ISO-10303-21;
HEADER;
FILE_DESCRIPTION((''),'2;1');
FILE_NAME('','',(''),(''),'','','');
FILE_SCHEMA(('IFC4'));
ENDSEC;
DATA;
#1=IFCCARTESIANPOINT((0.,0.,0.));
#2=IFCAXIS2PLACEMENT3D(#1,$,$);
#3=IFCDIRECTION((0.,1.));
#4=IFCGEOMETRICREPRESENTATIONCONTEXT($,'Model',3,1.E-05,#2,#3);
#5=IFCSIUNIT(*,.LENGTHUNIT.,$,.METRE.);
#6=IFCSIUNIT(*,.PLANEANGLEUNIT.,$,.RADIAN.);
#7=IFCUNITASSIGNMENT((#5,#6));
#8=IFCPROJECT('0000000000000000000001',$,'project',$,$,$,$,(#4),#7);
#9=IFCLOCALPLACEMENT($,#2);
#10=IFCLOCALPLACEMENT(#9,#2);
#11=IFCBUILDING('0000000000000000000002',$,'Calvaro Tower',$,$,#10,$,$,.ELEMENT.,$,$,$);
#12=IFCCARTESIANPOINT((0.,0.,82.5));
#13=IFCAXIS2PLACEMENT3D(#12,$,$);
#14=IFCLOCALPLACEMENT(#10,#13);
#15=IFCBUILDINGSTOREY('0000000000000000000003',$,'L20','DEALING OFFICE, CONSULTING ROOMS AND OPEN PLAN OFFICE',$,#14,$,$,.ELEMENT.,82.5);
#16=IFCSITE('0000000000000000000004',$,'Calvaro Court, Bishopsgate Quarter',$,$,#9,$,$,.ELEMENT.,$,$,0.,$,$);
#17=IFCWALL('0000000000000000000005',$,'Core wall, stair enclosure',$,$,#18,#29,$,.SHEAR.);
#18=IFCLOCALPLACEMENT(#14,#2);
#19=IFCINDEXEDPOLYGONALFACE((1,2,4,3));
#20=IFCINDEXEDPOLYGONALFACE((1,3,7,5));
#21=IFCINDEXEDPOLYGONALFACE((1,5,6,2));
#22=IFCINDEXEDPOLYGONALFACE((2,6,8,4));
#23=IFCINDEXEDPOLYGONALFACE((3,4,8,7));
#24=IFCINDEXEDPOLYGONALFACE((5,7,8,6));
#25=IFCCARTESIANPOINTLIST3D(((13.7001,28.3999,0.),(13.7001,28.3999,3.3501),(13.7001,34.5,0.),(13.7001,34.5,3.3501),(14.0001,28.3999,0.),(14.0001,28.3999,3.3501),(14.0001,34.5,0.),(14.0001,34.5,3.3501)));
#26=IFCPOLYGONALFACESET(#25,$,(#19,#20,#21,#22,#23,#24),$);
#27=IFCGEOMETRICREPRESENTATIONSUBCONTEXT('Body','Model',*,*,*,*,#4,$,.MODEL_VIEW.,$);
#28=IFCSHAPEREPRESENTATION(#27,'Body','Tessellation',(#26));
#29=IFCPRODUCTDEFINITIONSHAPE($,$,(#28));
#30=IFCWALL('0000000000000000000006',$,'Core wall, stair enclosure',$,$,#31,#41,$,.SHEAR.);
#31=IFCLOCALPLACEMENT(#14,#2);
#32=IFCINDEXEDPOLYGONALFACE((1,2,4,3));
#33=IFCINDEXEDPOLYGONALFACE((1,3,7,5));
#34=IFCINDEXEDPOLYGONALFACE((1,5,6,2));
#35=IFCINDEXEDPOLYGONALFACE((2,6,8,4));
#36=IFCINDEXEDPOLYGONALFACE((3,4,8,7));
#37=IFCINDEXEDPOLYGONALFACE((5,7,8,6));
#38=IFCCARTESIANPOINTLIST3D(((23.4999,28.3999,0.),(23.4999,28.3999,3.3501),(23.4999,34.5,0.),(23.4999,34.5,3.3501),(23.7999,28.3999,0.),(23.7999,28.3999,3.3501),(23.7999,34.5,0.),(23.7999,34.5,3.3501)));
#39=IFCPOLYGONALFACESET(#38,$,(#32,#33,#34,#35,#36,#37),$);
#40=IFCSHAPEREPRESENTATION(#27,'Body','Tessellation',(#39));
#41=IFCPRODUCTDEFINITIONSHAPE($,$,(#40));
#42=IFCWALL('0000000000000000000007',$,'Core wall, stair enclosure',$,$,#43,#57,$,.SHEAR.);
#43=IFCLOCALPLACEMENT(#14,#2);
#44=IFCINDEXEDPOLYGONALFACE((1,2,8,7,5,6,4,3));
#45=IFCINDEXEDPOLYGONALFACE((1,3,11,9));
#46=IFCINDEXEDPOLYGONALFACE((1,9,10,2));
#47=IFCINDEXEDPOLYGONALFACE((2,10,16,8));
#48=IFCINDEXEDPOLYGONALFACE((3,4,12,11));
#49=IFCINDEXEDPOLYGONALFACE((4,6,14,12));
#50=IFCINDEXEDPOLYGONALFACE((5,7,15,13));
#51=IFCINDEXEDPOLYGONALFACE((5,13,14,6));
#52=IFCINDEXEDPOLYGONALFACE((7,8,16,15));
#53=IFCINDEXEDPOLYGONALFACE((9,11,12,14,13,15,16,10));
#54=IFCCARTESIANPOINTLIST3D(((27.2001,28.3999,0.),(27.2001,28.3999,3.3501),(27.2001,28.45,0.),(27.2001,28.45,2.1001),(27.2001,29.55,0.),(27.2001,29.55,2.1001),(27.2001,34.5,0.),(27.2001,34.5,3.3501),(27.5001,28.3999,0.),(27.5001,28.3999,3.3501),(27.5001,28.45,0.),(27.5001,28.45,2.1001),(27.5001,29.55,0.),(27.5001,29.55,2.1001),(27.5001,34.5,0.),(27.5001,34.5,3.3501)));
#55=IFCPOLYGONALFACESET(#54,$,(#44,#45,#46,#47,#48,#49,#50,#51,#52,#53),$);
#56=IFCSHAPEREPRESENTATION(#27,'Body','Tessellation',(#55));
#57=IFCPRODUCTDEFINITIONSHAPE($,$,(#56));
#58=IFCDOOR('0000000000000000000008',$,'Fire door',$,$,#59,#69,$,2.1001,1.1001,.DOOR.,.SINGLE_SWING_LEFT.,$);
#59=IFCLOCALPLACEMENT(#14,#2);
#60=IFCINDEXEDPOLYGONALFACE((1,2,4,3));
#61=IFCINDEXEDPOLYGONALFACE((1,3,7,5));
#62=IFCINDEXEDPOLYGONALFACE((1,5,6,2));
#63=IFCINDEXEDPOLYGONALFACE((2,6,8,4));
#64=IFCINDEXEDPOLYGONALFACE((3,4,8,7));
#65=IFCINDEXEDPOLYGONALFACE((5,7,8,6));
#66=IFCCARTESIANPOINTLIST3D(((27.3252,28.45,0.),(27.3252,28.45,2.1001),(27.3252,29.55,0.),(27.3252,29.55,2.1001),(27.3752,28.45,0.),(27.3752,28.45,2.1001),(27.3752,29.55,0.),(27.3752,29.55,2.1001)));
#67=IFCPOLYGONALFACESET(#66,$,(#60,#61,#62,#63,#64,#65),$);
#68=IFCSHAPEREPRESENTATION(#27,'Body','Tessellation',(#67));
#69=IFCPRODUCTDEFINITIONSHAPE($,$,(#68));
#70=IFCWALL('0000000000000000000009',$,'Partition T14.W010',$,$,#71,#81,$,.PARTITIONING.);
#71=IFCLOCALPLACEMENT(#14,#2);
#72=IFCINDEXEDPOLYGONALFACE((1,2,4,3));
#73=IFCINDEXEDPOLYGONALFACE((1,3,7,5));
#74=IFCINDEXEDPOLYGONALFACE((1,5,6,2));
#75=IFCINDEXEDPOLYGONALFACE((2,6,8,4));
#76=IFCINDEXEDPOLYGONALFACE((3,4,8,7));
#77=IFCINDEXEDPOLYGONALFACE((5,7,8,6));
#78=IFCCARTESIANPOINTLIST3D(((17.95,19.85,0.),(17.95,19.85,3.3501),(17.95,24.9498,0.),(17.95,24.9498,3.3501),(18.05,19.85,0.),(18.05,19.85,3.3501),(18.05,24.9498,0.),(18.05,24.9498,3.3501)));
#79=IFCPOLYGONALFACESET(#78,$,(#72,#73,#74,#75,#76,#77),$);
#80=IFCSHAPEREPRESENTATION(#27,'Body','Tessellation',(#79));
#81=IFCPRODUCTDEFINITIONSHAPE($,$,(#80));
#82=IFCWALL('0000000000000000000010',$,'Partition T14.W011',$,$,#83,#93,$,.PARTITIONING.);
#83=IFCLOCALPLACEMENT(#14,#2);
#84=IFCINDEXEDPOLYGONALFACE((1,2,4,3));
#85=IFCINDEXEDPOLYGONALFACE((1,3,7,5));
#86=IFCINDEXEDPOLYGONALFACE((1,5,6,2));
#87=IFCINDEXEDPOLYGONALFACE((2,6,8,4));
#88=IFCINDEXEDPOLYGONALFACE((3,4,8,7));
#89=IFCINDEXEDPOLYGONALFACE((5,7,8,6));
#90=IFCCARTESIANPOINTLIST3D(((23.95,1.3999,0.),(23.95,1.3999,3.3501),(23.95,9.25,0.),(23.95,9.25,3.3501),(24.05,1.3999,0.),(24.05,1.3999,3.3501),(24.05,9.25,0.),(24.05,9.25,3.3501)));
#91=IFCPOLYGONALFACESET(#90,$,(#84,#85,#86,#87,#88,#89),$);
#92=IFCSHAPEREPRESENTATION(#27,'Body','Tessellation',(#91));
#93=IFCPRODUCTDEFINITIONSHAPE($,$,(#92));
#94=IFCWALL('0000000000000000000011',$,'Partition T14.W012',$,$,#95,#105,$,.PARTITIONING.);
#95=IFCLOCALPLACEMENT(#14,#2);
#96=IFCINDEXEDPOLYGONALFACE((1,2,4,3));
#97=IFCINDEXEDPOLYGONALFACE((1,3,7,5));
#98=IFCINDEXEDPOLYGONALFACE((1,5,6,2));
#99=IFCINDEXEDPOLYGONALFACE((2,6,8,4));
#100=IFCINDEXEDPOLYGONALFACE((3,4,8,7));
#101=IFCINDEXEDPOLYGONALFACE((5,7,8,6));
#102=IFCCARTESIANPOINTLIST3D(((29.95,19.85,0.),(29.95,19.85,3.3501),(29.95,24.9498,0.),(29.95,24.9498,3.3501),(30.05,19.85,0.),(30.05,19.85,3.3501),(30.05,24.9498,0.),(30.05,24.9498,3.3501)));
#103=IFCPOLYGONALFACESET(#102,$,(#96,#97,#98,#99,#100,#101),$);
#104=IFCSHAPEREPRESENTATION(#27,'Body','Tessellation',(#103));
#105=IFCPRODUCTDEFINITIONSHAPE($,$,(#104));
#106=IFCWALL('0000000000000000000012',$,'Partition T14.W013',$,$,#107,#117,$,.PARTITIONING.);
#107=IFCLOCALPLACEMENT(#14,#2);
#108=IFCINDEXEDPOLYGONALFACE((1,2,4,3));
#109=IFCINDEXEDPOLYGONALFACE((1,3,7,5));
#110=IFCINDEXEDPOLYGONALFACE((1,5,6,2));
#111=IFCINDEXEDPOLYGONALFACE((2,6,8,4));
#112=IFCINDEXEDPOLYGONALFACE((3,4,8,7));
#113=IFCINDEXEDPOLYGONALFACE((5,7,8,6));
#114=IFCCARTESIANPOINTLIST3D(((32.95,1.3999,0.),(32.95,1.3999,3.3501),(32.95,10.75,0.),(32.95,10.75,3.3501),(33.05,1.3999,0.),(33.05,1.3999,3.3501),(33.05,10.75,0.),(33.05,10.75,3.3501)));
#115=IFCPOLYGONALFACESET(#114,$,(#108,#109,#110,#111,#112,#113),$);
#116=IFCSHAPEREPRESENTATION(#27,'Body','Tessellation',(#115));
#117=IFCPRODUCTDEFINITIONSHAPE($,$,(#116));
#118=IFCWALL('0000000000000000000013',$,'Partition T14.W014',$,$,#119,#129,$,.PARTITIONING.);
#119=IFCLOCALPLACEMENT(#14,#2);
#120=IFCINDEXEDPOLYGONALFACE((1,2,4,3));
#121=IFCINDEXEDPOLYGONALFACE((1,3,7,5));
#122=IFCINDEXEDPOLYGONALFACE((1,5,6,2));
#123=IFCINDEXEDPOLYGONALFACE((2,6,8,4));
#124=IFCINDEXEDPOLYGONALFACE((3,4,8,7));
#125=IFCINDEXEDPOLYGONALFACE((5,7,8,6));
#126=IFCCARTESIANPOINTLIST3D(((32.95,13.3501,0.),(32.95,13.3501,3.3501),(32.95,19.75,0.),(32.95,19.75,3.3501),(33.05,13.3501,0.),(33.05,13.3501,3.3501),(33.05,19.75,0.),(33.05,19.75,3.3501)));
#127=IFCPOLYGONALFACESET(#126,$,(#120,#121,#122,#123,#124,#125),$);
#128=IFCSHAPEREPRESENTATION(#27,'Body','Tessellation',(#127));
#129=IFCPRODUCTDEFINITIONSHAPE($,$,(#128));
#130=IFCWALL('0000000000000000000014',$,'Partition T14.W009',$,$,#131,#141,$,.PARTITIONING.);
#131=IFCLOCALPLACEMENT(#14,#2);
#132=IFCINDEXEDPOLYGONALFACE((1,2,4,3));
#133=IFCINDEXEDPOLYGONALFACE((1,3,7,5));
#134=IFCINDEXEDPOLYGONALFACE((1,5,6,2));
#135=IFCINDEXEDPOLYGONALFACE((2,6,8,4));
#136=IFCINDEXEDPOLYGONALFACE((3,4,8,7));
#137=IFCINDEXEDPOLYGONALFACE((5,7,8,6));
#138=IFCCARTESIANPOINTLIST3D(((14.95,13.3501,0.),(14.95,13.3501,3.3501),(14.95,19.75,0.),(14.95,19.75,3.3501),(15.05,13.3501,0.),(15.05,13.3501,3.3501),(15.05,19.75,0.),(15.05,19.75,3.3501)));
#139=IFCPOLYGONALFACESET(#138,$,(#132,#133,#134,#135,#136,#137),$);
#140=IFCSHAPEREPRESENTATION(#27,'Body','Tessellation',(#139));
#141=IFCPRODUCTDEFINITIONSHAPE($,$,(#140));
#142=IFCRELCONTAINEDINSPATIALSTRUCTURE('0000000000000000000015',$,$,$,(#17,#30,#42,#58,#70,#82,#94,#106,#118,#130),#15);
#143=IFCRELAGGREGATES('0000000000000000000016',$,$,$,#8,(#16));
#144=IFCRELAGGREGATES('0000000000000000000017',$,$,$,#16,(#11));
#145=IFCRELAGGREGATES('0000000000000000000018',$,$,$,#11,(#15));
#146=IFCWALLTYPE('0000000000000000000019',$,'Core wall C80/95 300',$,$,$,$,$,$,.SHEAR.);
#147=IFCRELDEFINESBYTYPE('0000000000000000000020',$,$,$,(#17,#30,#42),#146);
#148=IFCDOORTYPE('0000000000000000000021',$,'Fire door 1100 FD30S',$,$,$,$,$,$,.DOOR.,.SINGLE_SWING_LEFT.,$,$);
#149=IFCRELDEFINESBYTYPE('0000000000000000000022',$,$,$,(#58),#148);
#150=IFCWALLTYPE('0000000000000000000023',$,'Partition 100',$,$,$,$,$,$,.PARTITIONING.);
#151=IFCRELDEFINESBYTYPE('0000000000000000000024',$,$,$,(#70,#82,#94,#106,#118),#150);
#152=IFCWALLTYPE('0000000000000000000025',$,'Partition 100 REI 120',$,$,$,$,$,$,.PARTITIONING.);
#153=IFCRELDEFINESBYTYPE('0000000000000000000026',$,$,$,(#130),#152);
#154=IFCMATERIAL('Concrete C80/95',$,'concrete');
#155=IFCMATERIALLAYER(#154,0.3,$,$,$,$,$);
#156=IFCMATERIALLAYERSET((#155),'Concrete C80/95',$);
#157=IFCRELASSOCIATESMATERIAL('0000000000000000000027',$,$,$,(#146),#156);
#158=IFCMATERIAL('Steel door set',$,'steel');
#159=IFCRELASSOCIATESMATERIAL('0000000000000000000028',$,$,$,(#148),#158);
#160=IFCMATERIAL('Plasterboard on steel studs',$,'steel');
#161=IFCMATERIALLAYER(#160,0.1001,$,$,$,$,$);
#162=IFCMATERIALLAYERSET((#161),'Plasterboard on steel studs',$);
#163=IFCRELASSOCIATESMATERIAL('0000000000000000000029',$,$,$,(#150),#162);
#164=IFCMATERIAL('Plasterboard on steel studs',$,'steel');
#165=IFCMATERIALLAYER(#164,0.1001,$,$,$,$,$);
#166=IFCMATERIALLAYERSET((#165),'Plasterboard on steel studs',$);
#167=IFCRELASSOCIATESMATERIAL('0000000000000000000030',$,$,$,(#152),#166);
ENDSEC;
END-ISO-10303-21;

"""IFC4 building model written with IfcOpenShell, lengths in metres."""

from ifc_helpers import new_model, si_unit, direction, frame, frame_2d, origin, place, context, subcontext, project, spatial, rectangle, extrude, material, layer, layer_set, type_object, element, fill, save


model = new_model("IFC4")

# Units and contexts
model_context = context("Model", 3, precision=1e-05, world=origin(), true_north=direction((0.0, 1.0)))
body_context = subcontext(model_context, "Body", "Model", "MODEL_VIEW")
ifc_project = project(units=[si_unit("LENGTHUNIT", "METRE"), si_unit("PLANEANGLEUNIT", "RADIAN")], contexts=[model_context])

# Site, building, storey
site_placement = place(None, origin())
site = spatial("IfcSite", under=ifc_project, at=site_placement, Name="Calvaro Court, Bishopsgate Quarter", CompositionType="ELEMENT", RefElevation=0.0)
building_placement = place(site_placement, origin())
building = spatial("IfcBuilding", under=site, at=building_placement, Name="Calvaro Tower", CompositionType="ELEMENT")
storey_placement = place(building_placement, frame((0.0, 0.0, 82.5)))
storey = spatial("IfcBuildingStorey", under=building, at=storey_placement, Name="L20", Description="DEALING OFFICE, CONSULTING ROOMS AND OPEN PLAN OFFICE", CompositionType="ELEMENT", Elevation=82.5)

# Walls
ifc_material_1 = material(Name="Concrete C80/95", Category="concrete")
ifc_layer_1 = layer(ifc_material_1, 0.3)
ifc_layer_set_1 = layer_set([ifc_layer_1], Name="Concrete C80/95")
wall_type_1 = type_object("IfcWallType", Name="Core wall C80/95 300", PredefinedType="SHEAR", material=ifc_layer_set_1)
for number, where, z_axis, x_axis, name in (
    (1, (13.8501, 28.3999, 0.0), (0.0, 0.0, 1.0), (0.0, 1.0, 0.0), "Core wall, stair enclosure"),
    (2, (23.6499, 28.3999, 0.0), (0.0, 0.0, 1.0), (0.0, 1.0, 0.0), "Core wall, stair enclosure"),
):
    element("IfcWall", number, at=place(storey_placement, frame(where, z_axis=z_axis, x_axis=x_axis)), inside=storey, type_object=wall_type_1, Name=name, PredefinedType="SHEAR", context=body_context, shape_type="SweptSolid", body=[
        extrude(rectangle(XDim=6.1001, YDim=0.3, at=frame_2d((3.05, 0.0))), origin(), (0.0, 0.0, 1.0), 3.3501),
    ])

# Wall, opening, door
wall_1_placement = place(storey_placement, frame((27.3501, 28.3999, 0.0), z_axis=(0.0, 0.0, 1.0), x_axis=(0.0, 1.0, 0.0)))
wall_1 = element("IfcWall", 3, at=wall_1_placement, inside=storey, type_object=wall_type_1, Name="Core wall, stair enclosure", PredefinedType="SHEAR", context=body_context, shape_type="SweptSolid", body=[
    extrude(rectangle(XDim=6.1001, YDim=0.3, at=frame_2d((3.05, 0.0))), origin(), (0.0, 0.0, 1.0), 3.3501),
])
opening_1_placement = place(wall_1_placement, frame((0.05, 0.0, 0.0)))
opening_1 = element("IfcOpeningElement", 4, at=opening_1_placement, cuts=wall_1, PredefinedType="OPENING", context=body_context, shape_type="SweptSolid", body=[
    extrude(rectangle(XDim=1.1001, YDim=2.1001, at=frame_2d((0.55, 1.05))), frame((0.0, 0.1599, 0.0), z_axis=(0.0, -1.0, 0.0), x_axis=(1.0, 0.0, 0.0)), (0.0, 0.0, 1.0), 0.3201),
])
ifc_material_2 = material(Name="Steel door set", Category="steel")
door_type_1 = type_object("IfcDoorType", Name="Fire door 1100 FD30S", OperationType="SINGLE_SWING_LEFT", PredefinedType="DOOR", material=ifc_material_2)
door_1_placement = place(opening_1_placement, origin())
door_1 = element("IfcDoor", 5, at=door_1_placement, inside=storey, type_object=door_type_1, Name="Fire door", OperationType="SINGLE_SWING_LEFT", OverallHeight=2.1001, OverallWidth=1.1001, PredefinedType="DOOR", context=body_context, shape_type="SweptSolid", body=[
    extrude(rectangle(XDim=1.1001, YDim=2.1001, at=frame_2d((0.55, 1.05))), frame((0.0, 0.0249, 0.0), z_axis=(0.0, -1.0, 0.0), x_axis=(1.0, 0.0, 0.0)), (0.0, 0.0, 1.0), 0.05),
])
fill(opening_1, door_1)

# Walls
ifc_material_3 = material(Name="Plasterboard on steel studs", Category="steel")
ifc_layer_2 = layer(ifc_material_3, 0.1001)
ifc_layer_set_2 = layer_set([ifc_layer_2], Name="Plasterboard on steel studs")
wall_type_2 = type_object("IfcWallType", Name="Partition 100", PredefinedType="PARTITIONING", material=ifc_layer_set_2)
wall_2_placement = place(storey_placement, frame((18.0, 19.8501, 0.0), z_axis=(0.0, 0.0, 1.0), x_axis=(0.0, 1.0, 0.0)))
element("IfcWall", 6, at=wall_2_placement, inside=storey, type_object=wall_type_2, Name="Partition T14.W010", PredefinedType="PARTITIONING", context=body_context, shape_type="SweptSolid", body=[
    extrude(rectangle(XDim=5.0999, YDim=0.1001, at=frame_2d((2.5498, 0.0))), origin(), (0.0, 0.0, 1.0), 3.3501),
])
wall_3_placement = place(storey_placement, frame((24.0, 1.3999, 0.0), z_axis=(0.0, 0.0, 1.0), x_axis=(0.0, 1.0, 0.0)))
element("IfcWall", 7, at=wall_3_placement, inside=storey, type_object=wall_type_2, Name="Partition T14.W011", PredefinedType="PARTITIONING", context=body_context, shape_type="SweptSolid", body=[
    extrude(rectangle(XDim=7.8501, YDim=0.1001, at=frame_2d((3.925, 0.0))), origin(), (0.0, 0.0, 1.0), 3.3501),
])
wall_4_placement = place(storey_placement, frame((30.0, 19.8501, 0.0), z_axis=(0.0, 0.0, 1.0), x_axis=(0.0, 1.0, 0.0)))
element("IfcWall", 8, at=wall_4_placement, inside=storey, type_object=wall_type_2, Name="Partition T14.W012", PredefinedType="PARTITIONING", context=body_context, shape_type="SweptSolid", body=[
    extrude(rectangle(XDim=5.0999, YDim=0.1001, at=frame_2d((2.5498, 0.0))), origin(), (0.0, 0.0, 1.0), 3.3501),
])
wall_5_placement = place(storey_placement, frame((33.0, 1.3999, 0.0), z_axis=(0.0, 0.0, 1.0), x_axis=(0.0, 1.0, 0.0)))
element("IfcWall", 9, at=wall_5_placement, inside=storey, type_object=wall_type_2, Name="Partition T14.W013", PredefinedType="PARTITIONING", context=body_context, shape_type="SweptSolid", body=[
    extrude(rectangle(XDim=9.3501, YDim=0.1001, at=frame_2d((4.675, 0.0))), origin(), (0.0, 0.0, 1.0), 3.3501),
])
wall_6_placement = place(storey_placement, frame((33.0, 13.3501, 0.0), z_axis=(0.0, 0.0, 1.0), x_axis=(0.0, 1.0, 0.0)))
element("IfcWall", 10, at=wall_6_placement, inside=storey, type_object=wall_type_2, Name="Partition T14.W014", PredefinedType="PARTITIONING", context=body_context, shape_type="SweptSolid", body=[
    extrude(rectangle(XDim=6.3999, YDim=0.1001, at=frame_2d((3.2, 0.0))), origin(), (0.0, 0.0, 1.0), 3.3501),
])
ifc_material_4 = material(Name="Plasterboard on steel studs", Category="steel")
ifc_layer_3 = layer(ifc_material_4, 0.1001)
ifc_layer_set_3 = layer_set([ifc_layer_3], Name="Plasterboard on steel studs")
wall_type_3 = type_object("IfcWallType", Name="Partition 100 REI 120", PredefinedType="PARTITIONING", material=ifc_layer_set_3)
wall_7_placement = place(storey_placement, frame((15.0, 13.3501, 0.0), z_axis=(0.0, 0.0, 1.0), x_axis=(0.0, 1.0, 0.0)))
element("IfcWall", 11, at=wall_7_placement, inside=storey, type_object=wall_type_3, Name="Partition T14.W009", PredefinedType="PARTITIONING", context=body_context, shape_type="SweptSolid", body=[
    extrude(rectangle(XDim=6.3999, YDim=0.1001, at=frame_2d((3.2, 0.0))), origin(), (0.0, 0.0, 1.0), 3.3501),
])

save(model, "model.ifc")
